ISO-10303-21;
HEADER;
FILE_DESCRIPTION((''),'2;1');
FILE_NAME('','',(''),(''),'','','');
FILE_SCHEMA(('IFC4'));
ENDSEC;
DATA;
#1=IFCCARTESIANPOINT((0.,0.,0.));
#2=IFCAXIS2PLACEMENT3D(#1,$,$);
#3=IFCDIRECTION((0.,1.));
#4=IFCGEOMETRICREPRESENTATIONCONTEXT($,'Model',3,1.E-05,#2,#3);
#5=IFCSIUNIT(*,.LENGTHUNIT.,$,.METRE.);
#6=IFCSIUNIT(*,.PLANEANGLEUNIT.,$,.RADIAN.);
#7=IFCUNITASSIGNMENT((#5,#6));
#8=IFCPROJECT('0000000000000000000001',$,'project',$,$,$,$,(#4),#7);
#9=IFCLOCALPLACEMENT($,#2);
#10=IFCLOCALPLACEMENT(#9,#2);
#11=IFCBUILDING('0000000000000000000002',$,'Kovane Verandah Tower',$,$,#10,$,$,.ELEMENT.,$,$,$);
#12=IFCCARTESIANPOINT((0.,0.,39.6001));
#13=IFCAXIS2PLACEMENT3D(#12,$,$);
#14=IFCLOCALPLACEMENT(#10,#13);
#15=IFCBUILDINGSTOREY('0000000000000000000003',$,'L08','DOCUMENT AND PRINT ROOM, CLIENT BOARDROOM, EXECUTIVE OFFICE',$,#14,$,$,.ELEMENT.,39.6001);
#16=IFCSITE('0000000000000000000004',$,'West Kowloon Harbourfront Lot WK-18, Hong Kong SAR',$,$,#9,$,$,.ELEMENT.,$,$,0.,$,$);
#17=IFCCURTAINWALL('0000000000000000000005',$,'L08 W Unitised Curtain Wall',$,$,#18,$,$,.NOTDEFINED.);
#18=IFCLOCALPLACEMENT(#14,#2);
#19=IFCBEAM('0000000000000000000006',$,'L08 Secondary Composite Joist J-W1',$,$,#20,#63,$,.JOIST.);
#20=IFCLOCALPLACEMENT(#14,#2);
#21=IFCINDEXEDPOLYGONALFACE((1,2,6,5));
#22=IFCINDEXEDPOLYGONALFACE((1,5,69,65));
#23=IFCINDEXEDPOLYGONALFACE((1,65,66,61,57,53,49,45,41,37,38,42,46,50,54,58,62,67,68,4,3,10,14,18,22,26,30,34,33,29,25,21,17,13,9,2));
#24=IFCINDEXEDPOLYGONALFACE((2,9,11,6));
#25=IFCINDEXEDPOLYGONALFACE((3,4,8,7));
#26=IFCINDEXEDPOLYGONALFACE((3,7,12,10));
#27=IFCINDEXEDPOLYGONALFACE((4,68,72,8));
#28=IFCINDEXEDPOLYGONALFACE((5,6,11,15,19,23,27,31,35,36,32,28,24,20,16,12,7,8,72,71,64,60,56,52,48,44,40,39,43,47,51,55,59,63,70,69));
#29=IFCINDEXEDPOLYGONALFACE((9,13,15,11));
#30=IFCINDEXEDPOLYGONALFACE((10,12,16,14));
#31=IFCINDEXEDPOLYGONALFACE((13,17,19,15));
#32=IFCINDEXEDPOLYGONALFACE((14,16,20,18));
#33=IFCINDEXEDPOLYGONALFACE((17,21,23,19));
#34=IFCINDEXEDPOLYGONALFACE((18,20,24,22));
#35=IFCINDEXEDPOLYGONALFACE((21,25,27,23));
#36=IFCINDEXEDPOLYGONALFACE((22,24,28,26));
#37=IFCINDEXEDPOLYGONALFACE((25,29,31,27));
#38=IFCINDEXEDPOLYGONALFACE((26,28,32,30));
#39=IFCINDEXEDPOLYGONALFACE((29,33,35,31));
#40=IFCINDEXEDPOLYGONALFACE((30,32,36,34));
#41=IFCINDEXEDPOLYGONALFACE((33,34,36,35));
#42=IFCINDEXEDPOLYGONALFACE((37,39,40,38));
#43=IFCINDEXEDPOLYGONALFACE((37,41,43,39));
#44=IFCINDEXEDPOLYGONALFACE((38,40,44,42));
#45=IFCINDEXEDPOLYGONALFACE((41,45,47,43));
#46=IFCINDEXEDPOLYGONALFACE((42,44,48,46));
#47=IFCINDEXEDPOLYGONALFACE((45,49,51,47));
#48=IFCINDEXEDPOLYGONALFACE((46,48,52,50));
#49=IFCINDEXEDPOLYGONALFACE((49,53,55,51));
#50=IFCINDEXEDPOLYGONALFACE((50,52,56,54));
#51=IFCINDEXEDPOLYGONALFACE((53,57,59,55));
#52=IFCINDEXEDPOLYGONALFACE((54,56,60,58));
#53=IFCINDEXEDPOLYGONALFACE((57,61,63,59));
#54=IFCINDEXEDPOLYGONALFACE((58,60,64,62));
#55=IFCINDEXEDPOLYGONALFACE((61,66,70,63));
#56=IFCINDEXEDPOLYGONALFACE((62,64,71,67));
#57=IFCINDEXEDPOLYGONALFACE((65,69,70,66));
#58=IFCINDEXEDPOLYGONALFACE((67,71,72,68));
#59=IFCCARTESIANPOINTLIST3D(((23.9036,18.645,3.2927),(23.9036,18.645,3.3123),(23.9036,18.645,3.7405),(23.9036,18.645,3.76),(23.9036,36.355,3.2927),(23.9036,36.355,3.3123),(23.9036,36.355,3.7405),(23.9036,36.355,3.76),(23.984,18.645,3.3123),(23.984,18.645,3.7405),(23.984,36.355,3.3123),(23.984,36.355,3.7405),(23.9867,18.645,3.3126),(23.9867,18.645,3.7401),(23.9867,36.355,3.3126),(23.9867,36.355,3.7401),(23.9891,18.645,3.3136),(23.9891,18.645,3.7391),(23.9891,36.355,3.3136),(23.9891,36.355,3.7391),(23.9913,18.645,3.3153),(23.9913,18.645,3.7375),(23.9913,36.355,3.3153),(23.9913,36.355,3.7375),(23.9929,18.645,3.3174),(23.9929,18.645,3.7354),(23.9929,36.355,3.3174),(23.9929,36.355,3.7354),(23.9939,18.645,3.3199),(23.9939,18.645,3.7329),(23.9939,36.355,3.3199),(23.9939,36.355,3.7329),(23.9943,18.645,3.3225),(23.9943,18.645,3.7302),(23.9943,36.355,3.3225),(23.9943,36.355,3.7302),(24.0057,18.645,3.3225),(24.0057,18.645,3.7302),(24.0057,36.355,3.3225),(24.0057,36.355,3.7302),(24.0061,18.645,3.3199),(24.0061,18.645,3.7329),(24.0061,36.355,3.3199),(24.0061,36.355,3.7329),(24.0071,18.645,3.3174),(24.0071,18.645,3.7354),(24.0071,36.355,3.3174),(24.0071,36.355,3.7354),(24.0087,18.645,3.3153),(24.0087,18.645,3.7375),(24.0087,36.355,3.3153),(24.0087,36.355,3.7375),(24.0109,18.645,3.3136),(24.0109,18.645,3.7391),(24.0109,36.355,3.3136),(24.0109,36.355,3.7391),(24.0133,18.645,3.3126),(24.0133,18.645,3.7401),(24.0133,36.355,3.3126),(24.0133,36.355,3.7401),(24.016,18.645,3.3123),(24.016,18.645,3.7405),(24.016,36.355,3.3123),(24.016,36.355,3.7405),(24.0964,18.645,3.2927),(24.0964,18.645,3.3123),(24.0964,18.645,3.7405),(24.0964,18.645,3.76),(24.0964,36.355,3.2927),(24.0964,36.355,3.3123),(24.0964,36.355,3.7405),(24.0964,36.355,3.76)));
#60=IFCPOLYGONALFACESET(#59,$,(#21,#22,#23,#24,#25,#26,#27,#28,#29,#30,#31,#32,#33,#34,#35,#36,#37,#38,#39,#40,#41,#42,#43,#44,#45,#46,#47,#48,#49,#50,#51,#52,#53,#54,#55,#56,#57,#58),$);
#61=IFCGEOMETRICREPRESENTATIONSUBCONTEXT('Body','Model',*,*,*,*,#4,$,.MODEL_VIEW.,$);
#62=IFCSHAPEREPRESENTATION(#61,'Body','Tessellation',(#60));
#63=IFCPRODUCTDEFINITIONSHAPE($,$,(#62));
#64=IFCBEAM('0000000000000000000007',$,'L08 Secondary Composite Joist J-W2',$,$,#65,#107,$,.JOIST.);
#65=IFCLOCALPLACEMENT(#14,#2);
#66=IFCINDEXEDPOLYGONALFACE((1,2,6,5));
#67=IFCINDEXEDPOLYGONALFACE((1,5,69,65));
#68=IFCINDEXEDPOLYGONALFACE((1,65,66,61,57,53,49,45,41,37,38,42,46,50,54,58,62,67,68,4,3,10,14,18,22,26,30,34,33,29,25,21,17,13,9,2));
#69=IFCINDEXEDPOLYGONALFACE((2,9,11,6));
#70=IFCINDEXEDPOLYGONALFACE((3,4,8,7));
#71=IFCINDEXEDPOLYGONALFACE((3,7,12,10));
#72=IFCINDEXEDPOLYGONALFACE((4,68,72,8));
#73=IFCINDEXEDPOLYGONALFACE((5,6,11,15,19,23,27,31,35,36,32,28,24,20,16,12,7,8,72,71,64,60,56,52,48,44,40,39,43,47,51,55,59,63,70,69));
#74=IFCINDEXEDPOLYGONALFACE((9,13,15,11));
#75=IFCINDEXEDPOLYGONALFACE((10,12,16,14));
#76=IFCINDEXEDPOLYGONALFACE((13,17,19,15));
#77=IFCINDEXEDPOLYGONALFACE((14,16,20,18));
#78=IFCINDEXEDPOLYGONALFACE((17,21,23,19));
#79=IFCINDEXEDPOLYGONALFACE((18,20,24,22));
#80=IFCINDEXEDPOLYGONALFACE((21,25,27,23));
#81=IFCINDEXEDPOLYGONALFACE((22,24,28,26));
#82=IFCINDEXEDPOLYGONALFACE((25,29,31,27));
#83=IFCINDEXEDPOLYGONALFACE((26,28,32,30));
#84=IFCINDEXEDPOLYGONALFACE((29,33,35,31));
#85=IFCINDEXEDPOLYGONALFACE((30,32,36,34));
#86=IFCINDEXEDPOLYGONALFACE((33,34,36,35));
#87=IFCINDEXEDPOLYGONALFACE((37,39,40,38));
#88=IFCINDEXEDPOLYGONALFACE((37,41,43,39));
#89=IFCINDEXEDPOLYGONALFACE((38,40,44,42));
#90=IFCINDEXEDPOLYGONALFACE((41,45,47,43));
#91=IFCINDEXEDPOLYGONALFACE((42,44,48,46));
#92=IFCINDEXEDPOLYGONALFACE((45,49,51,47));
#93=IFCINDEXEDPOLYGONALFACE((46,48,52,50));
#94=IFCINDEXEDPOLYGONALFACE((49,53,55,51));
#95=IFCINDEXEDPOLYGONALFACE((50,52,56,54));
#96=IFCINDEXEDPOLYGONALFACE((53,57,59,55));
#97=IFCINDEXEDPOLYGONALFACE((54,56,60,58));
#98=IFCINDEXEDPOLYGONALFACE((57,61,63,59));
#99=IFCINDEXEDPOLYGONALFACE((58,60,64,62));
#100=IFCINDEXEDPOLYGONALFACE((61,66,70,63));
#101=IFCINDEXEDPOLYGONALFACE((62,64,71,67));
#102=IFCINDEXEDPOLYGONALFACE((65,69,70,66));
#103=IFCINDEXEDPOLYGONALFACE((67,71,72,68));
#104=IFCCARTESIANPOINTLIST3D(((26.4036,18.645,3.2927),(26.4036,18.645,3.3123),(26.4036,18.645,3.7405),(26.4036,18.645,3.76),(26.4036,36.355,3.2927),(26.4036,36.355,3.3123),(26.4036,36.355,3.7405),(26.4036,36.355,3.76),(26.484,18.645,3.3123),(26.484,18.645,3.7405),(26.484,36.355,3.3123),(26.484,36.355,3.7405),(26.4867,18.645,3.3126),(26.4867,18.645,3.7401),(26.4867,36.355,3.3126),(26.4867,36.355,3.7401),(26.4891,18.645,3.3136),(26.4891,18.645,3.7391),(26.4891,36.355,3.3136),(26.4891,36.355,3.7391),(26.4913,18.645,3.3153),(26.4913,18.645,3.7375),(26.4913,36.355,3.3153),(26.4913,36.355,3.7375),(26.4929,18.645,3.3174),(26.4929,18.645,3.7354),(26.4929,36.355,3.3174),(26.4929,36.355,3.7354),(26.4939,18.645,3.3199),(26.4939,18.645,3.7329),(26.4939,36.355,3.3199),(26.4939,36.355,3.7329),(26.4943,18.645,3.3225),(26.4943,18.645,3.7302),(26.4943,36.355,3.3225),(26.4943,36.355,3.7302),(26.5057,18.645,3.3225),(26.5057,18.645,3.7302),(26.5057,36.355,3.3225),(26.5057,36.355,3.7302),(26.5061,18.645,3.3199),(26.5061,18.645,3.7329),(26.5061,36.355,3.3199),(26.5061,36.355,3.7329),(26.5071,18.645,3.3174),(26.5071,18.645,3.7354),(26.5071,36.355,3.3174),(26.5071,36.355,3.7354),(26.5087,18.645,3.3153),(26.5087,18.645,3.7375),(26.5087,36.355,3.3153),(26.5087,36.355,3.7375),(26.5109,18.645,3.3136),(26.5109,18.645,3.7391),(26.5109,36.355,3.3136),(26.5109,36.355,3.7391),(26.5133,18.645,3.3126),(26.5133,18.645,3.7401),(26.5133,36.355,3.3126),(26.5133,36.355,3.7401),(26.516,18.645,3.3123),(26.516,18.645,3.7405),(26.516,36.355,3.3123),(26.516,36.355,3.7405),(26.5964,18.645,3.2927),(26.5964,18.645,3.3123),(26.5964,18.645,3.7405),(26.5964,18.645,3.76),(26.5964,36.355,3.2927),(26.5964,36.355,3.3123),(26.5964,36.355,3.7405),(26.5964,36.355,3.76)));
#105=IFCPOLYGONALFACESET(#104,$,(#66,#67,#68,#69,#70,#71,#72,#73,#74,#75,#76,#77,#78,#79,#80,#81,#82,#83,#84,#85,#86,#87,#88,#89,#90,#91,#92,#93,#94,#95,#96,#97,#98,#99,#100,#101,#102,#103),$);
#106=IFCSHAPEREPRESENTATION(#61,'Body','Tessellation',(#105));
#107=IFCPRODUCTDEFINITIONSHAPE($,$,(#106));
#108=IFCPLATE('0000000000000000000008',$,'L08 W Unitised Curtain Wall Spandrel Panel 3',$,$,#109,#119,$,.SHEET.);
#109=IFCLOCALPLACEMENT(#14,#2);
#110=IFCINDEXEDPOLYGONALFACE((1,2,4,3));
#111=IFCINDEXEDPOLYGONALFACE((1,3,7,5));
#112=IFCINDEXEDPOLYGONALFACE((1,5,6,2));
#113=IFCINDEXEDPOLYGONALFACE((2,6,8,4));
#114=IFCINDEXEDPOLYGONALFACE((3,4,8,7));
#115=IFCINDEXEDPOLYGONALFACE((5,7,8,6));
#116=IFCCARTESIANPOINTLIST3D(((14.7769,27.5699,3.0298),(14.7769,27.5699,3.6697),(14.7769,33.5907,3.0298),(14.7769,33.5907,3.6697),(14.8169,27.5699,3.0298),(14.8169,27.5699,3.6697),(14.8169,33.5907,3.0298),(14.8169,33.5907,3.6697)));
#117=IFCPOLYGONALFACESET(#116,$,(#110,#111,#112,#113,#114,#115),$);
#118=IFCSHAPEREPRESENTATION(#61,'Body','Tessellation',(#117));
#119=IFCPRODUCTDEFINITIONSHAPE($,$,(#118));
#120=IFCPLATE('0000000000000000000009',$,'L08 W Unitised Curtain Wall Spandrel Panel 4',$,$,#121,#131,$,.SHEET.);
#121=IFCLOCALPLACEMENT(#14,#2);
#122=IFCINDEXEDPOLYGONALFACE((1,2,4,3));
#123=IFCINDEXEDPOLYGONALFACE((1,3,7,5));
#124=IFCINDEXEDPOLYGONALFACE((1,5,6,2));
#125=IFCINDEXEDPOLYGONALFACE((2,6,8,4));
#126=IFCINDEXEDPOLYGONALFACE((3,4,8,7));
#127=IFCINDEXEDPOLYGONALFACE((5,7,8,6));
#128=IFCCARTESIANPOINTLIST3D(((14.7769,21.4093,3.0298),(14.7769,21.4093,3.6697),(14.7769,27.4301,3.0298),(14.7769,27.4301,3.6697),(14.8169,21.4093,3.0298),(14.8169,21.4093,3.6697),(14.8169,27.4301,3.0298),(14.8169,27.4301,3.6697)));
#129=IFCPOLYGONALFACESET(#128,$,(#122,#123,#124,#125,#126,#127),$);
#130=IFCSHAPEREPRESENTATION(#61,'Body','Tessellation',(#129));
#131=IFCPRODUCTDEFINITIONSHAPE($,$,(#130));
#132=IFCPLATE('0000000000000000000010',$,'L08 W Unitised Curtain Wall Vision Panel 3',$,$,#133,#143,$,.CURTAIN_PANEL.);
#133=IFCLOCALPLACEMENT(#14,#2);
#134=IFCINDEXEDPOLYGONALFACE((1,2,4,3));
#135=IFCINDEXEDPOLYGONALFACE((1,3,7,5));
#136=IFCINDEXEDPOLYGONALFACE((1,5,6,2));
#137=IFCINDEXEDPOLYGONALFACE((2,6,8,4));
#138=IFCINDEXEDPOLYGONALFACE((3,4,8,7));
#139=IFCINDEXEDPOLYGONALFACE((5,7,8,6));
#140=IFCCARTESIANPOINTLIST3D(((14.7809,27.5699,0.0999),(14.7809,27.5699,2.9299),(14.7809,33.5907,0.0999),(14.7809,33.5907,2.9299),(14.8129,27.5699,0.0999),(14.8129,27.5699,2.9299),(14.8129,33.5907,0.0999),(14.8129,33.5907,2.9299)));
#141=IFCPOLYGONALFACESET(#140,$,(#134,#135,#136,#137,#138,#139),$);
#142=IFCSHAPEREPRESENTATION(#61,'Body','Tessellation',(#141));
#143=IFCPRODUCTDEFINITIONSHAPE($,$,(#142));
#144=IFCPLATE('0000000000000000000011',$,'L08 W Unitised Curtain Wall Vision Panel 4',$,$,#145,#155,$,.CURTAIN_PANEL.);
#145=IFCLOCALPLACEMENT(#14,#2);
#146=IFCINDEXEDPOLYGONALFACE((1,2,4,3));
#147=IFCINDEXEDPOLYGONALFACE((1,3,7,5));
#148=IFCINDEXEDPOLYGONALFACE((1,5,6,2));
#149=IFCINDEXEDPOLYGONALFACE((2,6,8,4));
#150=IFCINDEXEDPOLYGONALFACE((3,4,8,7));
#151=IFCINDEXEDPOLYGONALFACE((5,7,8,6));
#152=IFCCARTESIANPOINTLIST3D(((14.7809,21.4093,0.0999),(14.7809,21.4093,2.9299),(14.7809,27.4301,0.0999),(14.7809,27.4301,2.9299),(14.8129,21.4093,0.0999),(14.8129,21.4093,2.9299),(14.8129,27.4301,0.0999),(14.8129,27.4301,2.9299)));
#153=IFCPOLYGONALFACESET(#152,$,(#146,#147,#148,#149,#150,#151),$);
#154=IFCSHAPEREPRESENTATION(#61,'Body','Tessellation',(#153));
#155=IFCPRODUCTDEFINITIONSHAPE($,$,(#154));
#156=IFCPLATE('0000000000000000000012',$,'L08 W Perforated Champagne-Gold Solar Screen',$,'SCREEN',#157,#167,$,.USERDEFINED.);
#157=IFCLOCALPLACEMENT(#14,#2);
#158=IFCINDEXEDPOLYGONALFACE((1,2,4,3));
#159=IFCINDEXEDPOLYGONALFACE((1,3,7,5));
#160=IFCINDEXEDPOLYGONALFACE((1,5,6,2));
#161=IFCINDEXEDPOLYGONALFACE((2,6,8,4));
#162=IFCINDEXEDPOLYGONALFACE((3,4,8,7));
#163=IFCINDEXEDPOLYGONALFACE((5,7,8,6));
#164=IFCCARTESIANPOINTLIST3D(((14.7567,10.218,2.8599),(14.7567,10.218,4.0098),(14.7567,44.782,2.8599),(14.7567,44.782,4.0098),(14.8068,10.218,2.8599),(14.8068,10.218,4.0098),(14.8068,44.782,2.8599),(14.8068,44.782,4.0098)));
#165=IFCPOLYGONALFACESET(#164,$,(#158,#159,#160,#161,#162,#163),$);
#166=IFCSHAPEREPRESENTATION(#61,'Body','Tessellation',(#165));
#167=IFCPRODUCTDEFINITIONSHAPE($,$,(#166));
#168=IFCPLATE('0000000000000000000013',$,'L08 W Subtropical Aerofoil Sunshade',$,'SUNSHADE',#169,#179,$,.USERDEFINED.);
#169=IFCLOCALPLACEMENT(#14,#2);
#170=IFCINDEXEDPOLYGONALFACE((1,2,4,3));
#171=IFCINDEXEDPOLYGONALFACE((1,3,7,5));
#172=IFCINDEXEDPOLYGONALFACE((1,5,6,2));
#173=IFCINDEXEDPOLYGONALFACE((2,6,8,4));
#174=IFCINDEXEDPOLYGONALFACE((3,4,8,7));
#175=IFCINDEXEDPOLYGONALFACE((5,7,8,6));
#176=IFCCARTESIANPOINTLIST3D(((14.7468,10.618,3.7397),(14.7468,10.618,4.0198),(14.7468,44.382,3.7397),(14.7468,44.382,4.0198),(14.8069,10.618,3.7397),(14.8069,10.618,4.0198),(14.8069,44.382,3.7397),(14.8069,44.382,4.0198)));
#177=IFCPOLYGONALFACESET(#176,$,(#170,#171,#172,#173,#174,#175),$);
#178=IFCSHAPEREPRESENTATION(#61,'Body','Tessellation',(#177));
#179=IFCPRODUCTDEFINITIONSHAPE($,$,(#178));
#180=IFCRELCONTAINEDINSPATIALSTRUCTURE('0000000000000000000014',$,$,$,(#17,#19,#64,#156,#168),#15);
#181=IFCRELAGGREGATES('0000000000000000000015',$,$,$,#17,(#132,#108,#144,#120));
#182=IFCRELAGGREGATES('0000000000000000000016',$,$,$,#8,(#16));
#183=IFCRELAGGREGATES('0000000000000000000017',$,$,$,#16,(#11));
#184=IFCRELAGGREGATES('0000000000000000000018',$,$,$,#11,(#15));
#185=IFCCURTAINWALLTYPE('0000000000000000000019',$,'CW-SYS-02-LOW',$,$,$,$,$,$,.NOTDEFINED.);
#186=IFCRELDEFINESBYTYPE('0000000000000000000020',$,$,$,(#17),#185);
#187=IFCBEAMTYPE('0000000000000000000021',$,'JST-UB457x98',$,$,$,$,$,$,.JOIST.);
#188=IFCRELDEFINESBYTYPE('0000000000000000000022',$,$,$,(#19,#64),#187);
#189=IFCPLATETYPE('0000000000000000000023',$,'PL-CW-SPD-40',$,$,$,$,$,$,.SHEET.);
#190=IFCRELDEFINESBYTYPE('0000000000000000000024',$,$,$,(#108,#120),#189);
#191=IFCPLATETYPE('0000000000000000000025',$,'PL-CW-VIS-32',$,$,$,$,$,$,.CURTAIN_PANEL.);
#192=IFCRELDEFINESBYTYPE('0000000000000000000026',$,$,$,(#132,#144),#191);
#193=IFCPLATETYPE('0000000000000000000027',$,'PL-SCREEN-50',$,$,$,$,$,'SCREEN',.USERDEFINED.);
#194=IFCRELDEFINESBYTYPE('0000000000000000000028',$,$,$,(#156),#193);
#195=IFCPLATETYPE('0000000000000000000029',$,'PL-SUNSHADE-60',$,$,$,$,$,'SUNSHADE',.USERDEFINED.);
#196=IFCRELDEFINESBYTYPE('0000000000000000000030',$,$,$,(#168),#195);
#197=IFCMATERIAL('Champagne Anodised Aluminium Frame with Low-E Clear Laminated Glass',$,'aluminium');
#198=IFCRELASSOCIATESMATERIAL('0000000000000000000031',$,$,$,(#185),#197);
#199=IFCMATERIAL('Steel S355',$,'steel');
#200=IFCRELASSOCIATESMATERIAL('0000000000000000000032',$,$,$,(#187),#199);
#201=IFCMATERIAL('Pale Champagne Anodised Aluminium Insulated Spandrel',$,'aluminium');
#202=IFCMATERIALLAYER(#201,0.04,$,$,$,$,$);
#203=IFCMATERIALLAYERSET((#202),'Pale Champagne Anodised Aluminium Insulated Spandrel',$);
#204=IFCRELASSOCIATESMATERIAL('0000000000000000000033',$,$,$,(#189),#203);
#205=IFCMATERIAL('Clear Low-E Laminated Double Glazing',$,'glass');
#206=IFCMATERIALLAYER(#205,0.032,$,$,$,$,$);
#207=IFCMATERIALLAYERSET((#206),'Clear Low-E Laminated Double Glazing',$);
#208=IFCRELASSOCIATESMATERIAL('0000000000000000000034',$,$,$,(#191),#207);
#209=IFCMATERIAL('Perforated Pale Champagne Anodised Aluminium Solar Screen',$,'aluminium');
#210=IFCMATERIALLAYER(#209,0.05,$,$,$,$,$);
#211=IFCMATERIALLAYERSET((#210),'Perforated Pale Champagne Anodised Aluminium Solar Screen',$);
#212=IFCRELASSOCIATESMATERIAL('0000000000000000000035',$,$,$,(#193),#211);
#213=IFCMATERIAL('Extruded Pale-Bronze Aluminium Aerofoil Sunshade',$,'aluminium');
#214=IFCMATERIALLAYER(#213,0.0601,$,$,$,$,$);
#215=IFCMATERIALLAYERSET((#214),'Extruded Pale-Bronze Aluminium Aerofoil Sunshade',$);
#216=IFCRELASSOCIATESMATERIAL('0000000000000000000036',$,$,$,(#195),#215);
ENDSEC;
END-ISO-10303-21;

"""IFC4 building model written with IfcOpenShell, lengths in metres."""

from ifc_helpers import new_model, si_unit, direction, frame, origin, origin_2d, place, context, subcontext, project, spatial, rectangle, i_section, extrude, material, layer, layer_set, material_profile, profile_set, type_object, element, aggregate, save


model = new_model("IFC4")

# Units and contexts
model_context = context("Model", 3, precision=1e-05, world=origin(), true_north=direction((0.0, 1.0)))
body_context = subcontext(model_context, "Body", "Model", "MODEL_VIEW")
ifc_project = project(units=[si_unit("LENGTHUNIT", "METRE"), si_unit("PLANEANGLEUNIT", "RADIAN")], contexts=[model_context])

# Site, building, storey
site_placement = place(None, origin())
site = spatial("IfcSite", under=ifc_project, at=site_placement, Name="West Kowloon Harbourfront Lot WK-18, Hong Kong SAR", CompositionType="ELEMENT", RefElevation=0.0)
building_placement = place(site_placement, origin())
building = spatial("IfcBuilding", under=site, at=building_placement, Name="Kovane Verandah Tower", CompositionType="ELEMENT")
storey_placement = place(building_placement, frame((0.0, 0.0, 39.6001)))
storey = spatial("IfcBuildingStorey", under=building, at=storey_placement, Name="L08", Description="DOCUMENT AND PRINT ROOM, CLIENT BOARDROOM, EXECUTIVE OFFICE", CompositionType="ELEMENT", Elevation=39.6001)

# Shared definitions
ifc_material_1 = material(Name="Steel S355", Category="steel")

# Curtain wall
ifc_material_2 = material(Name="Champagne Anodised Aluminium Frame with Low-E Clear Laminated Glass", Category="aluminium")
curtain_wall_type = type_object("IfcCurtainWallType", Name="CW-SYS-02-LOW", PredefinedType="NOTDEFINED", material=ifc_material_2)
curtain_wall_placement = place(storey_placement, origin())
curtain_wall = element("IfcCurtainWall", 1, at=curtain_wall_placement, inside=storey, type_object=curtain_wall_type, Name="L08 W Unitised Curtain Wall", PredefinedType="NOTDEFINED")

# Beams
ifc_material_profile_1 = material_profile(ifc_material_1, i_section(OverallWidth=0.1929, OverallDepth=0.4673, WebThickness=0.0115, FlangeThickness=0.0195, FilletRadius=0.0103, at=origin_2d()), Name="UB457x191x98")
ifc_profile_set_1 = profile_set([ifc_material_profile_1], Name="Steel S355")
beam_type_1 = type_object("IfcBeamType", Name="JST-UB457x98", PredefinedType="JOIST", material=ifc_profile_set_1)
for number, where, z_axis, x_axis, name in (
    (2, (24.0, 18.645, 3.5264), (0.0, 1.0, 0.0), (-1.0, 0.0, 0.0), "L08 Secondary Composite Joist J-W1"),
    (3, (26.5, 18.645, 3.5264), (0.0, 1.0, 0.0), (-1.0, 0.0, 0.0), "L08 Secondary Composite Joist J-W2"),
):
    element("IfcBeam", number, at=place(storey_placement, frame(where, z_axis=z_axis, x_axis=x_axis)), inside=storey, type_object=beam_type_1, Name=name, PredefinedType="JOIST", context=body_context, shape_type="SweptSolid", body=[
        extrude(i_section(OverallWidth=0.1929, OverallDepth=0.4673, WebThickness=0.0115, FlangeThickness=0.0195, FilletRadius=0.0103, at=origin_2d()), origin(), (0.0, 0.0, 1.0), 17.71),
    ])

# Plates
ifc_material_3 = material(Name="Pale Champagne Anodised Aluminium Insulated Spandrel", Category="aluminium")
ifc_layer_1 = layer(ifc_material_3, 0.04)
ifc_layer_set_1 = layer_set([ifc_layer_1], Name="Pale Champagne Anodised Aluminium Insulated Spandrel")
plate_type_1 = type_object("IfcPlateType", Name="PL-CW-SPD-40", PredefinedType="SHEET", material=ifc_layer_set_1)
plate_1_placement = place(storey_placement, frame((14.7969, 30.5803, 3.0298), z_axis=(0.0, 0.0, 1.0), x_axis=(0.0, -1.0, 0.0)))
plate_1 = element("IfcPlate", 4, at=plate_1_placement, type_object=plate_type_1, Name="L08 W Unitised Curtain Wall Spandrel Panel 3", PredefinedType="SHEET", context=body_context, shape_type="SweptSolid", body=[
    extrude(rectangle(XDim=6.0208, YDim=0.04, at=origin_2d()), origin(), (0.0, 0.0, 1.0), 0.6399),
])
plate_2_placement = place(storey_placement, frame((14.7969, 24.4197, 3.0298), z_axis=(0.0, 0.0, 1.0), x_axis=(0.0, -1.0, 0.0)))
plate_2 = element("IfcPlate", 5, at=plate_2_placement, type_object=plate_type_1, Name="L08 W Unitised Curtain Wall Spandrel Panel 4", PredefinedType="SHEET", context=body_context, shape_type="SweptSolid", body=[
    extrude(rectangle(XDim=6.0208, YDim=0.04, at=origin_2d()), origin(), (0.0, 0.0, 1.0), 0.6399),
])
ifc_material_4 = material(Name="Clear Low-E Laminated Double Glazing", Category="glass")
ifc_layer_2 = layer(ifc_material_4, 0.032)
ifc_layer_set_2 = layer_set([ifc_layer_2], Name="Clear Low-E Laminated Double Glazing")
plate_type_2 = type_object("IfcPlateType", Name="PL-CW-VIS-32", PredefinedType="CURTAIN_PANEL", material=ifc_layer_set_2)
plate_3_placement = place(storey_placement, frame((14.7969, 30.5803, 0.0999), z_axis=(0.0, 0.0, 1.0), x_axis=(0.0, -1.0, 0.0)))
plate_3 = element("IfcPlate", 6, at=plate_3_placement, type_object=plate_type_2, Name="L08 W Unitised Curtain Wall Vision Panel 3", PredefinedType="CURTAIN_PANEL", context=body_context, shape_type="SweptSolid", body=[
    extrude(rectangle(XDim=6.0208, YDim=0.032, at=origin_2d()), origin(), (0.0, 0.0, 1.0), 2.8301),
])
plate_4_placement = place(storey_placement, frame((14.7969, 24.4197, 0.0999), z_axis=(0.0, 0.0, 1.0), x_axis=(0.0, -1.0, 0.0)))
plate_4 = element("IfcPlate", 7, at=plate_4_placement, type_object=plate_type_2, Name="L08 W Unitised Curtain Wall Vision Panel 4", PredefinedType="CURTAIN_PANEL", context=body_context, shape_type="SweptSolid", body=[
    extrude(rectangle(XDim=6.0208, YDim=0.032, at=origin_2d()), origin(), (0.0, 0.0, 1.0), 2.8301),
])
aggregate(curtain_wall, [plate_3, plate_1, plate_4, plate_2])

# Plates
ifc_material_5 = material(Name="Perforated Pale Champagne Anodised Aluminium Solar Screen", Category="aluminium")
ifc_layer_3 = layer(ifc_material_5, 0.05)
ifc_layer_set_3 = layer_set([ifc_layer_3], Name="Perforated Pale Champagne Anodised Aluminium Solar Screen")
plate_type_3 = type_object("IfcPlateType", Name="PL-SCREEN-50", ElementType="SCREEN", PredefinedType="USERDEFINED", material=ifc_layer_set_3)
plate_5_placement = place(storey_placement, frame((14.7817, 27.5, 2.8599), z_axis=(0.0, 0.0, 1.0), x_axis=(0.0, -1.0, 0.0)))
element("IfcPlate", 8, at=plate_5_placement, inside=storey, type_object=plate_type_3, Name="L08 W Perforated Champagne-Gold Solar Screen", ObjectType="SCREEN", PredefinedType="USERDEFINED", context=body_context, shape_type="SweptSolid", body=[
    extrude(rectangle(XDim=34.564, YDim=0.05, at=origin_2d()), origin(), (0.0, 0.0, 1.0), 1.1499),
])
ifc_material_6 = material(Name="Extruded Pale-Bronze Aluminium Aerofoil Sunshade", Category="aluminium")
ifc_layer_4 = layer(ifc_material_6, 0.0601)
ifc_layer_set_4 = layer_set([ifc_layer_4], Name="Extruded Pale-Bronze Aluminium Aerofoil Sunshade")
plate_type_4 = type_object("IfcPlateType", Name="PL-SUNSHADE-60", ElementType="SUNSHADE", PredefinedType="USERDEFINED", material=ifc_layer_set_4)
plate_6_placement = place(storey_placement, frame((14.7769, 27.5, 3.7397), z_axis=(0.0, 0.0, 1.0), x_axis=(0.0, -1.0, 0.0)))
element("IfcPlate", 9, at=plate_6_placement, inside=storey, type_object=plate_type_4, Name="L08 W Subtropical Aerofoil Sunshade", ObjectType="SUNSHADE", PredefinedType="USERDEFINED", context=body_context, shape_type="SweptSolid", body=[
    extrude(rectangle(XDim=33.7639, YDim=0.0601, at=origin_2d()), origin(), (0.0, 0.0, 1.0), 0.28),
])

save(model, "model.ifc")
